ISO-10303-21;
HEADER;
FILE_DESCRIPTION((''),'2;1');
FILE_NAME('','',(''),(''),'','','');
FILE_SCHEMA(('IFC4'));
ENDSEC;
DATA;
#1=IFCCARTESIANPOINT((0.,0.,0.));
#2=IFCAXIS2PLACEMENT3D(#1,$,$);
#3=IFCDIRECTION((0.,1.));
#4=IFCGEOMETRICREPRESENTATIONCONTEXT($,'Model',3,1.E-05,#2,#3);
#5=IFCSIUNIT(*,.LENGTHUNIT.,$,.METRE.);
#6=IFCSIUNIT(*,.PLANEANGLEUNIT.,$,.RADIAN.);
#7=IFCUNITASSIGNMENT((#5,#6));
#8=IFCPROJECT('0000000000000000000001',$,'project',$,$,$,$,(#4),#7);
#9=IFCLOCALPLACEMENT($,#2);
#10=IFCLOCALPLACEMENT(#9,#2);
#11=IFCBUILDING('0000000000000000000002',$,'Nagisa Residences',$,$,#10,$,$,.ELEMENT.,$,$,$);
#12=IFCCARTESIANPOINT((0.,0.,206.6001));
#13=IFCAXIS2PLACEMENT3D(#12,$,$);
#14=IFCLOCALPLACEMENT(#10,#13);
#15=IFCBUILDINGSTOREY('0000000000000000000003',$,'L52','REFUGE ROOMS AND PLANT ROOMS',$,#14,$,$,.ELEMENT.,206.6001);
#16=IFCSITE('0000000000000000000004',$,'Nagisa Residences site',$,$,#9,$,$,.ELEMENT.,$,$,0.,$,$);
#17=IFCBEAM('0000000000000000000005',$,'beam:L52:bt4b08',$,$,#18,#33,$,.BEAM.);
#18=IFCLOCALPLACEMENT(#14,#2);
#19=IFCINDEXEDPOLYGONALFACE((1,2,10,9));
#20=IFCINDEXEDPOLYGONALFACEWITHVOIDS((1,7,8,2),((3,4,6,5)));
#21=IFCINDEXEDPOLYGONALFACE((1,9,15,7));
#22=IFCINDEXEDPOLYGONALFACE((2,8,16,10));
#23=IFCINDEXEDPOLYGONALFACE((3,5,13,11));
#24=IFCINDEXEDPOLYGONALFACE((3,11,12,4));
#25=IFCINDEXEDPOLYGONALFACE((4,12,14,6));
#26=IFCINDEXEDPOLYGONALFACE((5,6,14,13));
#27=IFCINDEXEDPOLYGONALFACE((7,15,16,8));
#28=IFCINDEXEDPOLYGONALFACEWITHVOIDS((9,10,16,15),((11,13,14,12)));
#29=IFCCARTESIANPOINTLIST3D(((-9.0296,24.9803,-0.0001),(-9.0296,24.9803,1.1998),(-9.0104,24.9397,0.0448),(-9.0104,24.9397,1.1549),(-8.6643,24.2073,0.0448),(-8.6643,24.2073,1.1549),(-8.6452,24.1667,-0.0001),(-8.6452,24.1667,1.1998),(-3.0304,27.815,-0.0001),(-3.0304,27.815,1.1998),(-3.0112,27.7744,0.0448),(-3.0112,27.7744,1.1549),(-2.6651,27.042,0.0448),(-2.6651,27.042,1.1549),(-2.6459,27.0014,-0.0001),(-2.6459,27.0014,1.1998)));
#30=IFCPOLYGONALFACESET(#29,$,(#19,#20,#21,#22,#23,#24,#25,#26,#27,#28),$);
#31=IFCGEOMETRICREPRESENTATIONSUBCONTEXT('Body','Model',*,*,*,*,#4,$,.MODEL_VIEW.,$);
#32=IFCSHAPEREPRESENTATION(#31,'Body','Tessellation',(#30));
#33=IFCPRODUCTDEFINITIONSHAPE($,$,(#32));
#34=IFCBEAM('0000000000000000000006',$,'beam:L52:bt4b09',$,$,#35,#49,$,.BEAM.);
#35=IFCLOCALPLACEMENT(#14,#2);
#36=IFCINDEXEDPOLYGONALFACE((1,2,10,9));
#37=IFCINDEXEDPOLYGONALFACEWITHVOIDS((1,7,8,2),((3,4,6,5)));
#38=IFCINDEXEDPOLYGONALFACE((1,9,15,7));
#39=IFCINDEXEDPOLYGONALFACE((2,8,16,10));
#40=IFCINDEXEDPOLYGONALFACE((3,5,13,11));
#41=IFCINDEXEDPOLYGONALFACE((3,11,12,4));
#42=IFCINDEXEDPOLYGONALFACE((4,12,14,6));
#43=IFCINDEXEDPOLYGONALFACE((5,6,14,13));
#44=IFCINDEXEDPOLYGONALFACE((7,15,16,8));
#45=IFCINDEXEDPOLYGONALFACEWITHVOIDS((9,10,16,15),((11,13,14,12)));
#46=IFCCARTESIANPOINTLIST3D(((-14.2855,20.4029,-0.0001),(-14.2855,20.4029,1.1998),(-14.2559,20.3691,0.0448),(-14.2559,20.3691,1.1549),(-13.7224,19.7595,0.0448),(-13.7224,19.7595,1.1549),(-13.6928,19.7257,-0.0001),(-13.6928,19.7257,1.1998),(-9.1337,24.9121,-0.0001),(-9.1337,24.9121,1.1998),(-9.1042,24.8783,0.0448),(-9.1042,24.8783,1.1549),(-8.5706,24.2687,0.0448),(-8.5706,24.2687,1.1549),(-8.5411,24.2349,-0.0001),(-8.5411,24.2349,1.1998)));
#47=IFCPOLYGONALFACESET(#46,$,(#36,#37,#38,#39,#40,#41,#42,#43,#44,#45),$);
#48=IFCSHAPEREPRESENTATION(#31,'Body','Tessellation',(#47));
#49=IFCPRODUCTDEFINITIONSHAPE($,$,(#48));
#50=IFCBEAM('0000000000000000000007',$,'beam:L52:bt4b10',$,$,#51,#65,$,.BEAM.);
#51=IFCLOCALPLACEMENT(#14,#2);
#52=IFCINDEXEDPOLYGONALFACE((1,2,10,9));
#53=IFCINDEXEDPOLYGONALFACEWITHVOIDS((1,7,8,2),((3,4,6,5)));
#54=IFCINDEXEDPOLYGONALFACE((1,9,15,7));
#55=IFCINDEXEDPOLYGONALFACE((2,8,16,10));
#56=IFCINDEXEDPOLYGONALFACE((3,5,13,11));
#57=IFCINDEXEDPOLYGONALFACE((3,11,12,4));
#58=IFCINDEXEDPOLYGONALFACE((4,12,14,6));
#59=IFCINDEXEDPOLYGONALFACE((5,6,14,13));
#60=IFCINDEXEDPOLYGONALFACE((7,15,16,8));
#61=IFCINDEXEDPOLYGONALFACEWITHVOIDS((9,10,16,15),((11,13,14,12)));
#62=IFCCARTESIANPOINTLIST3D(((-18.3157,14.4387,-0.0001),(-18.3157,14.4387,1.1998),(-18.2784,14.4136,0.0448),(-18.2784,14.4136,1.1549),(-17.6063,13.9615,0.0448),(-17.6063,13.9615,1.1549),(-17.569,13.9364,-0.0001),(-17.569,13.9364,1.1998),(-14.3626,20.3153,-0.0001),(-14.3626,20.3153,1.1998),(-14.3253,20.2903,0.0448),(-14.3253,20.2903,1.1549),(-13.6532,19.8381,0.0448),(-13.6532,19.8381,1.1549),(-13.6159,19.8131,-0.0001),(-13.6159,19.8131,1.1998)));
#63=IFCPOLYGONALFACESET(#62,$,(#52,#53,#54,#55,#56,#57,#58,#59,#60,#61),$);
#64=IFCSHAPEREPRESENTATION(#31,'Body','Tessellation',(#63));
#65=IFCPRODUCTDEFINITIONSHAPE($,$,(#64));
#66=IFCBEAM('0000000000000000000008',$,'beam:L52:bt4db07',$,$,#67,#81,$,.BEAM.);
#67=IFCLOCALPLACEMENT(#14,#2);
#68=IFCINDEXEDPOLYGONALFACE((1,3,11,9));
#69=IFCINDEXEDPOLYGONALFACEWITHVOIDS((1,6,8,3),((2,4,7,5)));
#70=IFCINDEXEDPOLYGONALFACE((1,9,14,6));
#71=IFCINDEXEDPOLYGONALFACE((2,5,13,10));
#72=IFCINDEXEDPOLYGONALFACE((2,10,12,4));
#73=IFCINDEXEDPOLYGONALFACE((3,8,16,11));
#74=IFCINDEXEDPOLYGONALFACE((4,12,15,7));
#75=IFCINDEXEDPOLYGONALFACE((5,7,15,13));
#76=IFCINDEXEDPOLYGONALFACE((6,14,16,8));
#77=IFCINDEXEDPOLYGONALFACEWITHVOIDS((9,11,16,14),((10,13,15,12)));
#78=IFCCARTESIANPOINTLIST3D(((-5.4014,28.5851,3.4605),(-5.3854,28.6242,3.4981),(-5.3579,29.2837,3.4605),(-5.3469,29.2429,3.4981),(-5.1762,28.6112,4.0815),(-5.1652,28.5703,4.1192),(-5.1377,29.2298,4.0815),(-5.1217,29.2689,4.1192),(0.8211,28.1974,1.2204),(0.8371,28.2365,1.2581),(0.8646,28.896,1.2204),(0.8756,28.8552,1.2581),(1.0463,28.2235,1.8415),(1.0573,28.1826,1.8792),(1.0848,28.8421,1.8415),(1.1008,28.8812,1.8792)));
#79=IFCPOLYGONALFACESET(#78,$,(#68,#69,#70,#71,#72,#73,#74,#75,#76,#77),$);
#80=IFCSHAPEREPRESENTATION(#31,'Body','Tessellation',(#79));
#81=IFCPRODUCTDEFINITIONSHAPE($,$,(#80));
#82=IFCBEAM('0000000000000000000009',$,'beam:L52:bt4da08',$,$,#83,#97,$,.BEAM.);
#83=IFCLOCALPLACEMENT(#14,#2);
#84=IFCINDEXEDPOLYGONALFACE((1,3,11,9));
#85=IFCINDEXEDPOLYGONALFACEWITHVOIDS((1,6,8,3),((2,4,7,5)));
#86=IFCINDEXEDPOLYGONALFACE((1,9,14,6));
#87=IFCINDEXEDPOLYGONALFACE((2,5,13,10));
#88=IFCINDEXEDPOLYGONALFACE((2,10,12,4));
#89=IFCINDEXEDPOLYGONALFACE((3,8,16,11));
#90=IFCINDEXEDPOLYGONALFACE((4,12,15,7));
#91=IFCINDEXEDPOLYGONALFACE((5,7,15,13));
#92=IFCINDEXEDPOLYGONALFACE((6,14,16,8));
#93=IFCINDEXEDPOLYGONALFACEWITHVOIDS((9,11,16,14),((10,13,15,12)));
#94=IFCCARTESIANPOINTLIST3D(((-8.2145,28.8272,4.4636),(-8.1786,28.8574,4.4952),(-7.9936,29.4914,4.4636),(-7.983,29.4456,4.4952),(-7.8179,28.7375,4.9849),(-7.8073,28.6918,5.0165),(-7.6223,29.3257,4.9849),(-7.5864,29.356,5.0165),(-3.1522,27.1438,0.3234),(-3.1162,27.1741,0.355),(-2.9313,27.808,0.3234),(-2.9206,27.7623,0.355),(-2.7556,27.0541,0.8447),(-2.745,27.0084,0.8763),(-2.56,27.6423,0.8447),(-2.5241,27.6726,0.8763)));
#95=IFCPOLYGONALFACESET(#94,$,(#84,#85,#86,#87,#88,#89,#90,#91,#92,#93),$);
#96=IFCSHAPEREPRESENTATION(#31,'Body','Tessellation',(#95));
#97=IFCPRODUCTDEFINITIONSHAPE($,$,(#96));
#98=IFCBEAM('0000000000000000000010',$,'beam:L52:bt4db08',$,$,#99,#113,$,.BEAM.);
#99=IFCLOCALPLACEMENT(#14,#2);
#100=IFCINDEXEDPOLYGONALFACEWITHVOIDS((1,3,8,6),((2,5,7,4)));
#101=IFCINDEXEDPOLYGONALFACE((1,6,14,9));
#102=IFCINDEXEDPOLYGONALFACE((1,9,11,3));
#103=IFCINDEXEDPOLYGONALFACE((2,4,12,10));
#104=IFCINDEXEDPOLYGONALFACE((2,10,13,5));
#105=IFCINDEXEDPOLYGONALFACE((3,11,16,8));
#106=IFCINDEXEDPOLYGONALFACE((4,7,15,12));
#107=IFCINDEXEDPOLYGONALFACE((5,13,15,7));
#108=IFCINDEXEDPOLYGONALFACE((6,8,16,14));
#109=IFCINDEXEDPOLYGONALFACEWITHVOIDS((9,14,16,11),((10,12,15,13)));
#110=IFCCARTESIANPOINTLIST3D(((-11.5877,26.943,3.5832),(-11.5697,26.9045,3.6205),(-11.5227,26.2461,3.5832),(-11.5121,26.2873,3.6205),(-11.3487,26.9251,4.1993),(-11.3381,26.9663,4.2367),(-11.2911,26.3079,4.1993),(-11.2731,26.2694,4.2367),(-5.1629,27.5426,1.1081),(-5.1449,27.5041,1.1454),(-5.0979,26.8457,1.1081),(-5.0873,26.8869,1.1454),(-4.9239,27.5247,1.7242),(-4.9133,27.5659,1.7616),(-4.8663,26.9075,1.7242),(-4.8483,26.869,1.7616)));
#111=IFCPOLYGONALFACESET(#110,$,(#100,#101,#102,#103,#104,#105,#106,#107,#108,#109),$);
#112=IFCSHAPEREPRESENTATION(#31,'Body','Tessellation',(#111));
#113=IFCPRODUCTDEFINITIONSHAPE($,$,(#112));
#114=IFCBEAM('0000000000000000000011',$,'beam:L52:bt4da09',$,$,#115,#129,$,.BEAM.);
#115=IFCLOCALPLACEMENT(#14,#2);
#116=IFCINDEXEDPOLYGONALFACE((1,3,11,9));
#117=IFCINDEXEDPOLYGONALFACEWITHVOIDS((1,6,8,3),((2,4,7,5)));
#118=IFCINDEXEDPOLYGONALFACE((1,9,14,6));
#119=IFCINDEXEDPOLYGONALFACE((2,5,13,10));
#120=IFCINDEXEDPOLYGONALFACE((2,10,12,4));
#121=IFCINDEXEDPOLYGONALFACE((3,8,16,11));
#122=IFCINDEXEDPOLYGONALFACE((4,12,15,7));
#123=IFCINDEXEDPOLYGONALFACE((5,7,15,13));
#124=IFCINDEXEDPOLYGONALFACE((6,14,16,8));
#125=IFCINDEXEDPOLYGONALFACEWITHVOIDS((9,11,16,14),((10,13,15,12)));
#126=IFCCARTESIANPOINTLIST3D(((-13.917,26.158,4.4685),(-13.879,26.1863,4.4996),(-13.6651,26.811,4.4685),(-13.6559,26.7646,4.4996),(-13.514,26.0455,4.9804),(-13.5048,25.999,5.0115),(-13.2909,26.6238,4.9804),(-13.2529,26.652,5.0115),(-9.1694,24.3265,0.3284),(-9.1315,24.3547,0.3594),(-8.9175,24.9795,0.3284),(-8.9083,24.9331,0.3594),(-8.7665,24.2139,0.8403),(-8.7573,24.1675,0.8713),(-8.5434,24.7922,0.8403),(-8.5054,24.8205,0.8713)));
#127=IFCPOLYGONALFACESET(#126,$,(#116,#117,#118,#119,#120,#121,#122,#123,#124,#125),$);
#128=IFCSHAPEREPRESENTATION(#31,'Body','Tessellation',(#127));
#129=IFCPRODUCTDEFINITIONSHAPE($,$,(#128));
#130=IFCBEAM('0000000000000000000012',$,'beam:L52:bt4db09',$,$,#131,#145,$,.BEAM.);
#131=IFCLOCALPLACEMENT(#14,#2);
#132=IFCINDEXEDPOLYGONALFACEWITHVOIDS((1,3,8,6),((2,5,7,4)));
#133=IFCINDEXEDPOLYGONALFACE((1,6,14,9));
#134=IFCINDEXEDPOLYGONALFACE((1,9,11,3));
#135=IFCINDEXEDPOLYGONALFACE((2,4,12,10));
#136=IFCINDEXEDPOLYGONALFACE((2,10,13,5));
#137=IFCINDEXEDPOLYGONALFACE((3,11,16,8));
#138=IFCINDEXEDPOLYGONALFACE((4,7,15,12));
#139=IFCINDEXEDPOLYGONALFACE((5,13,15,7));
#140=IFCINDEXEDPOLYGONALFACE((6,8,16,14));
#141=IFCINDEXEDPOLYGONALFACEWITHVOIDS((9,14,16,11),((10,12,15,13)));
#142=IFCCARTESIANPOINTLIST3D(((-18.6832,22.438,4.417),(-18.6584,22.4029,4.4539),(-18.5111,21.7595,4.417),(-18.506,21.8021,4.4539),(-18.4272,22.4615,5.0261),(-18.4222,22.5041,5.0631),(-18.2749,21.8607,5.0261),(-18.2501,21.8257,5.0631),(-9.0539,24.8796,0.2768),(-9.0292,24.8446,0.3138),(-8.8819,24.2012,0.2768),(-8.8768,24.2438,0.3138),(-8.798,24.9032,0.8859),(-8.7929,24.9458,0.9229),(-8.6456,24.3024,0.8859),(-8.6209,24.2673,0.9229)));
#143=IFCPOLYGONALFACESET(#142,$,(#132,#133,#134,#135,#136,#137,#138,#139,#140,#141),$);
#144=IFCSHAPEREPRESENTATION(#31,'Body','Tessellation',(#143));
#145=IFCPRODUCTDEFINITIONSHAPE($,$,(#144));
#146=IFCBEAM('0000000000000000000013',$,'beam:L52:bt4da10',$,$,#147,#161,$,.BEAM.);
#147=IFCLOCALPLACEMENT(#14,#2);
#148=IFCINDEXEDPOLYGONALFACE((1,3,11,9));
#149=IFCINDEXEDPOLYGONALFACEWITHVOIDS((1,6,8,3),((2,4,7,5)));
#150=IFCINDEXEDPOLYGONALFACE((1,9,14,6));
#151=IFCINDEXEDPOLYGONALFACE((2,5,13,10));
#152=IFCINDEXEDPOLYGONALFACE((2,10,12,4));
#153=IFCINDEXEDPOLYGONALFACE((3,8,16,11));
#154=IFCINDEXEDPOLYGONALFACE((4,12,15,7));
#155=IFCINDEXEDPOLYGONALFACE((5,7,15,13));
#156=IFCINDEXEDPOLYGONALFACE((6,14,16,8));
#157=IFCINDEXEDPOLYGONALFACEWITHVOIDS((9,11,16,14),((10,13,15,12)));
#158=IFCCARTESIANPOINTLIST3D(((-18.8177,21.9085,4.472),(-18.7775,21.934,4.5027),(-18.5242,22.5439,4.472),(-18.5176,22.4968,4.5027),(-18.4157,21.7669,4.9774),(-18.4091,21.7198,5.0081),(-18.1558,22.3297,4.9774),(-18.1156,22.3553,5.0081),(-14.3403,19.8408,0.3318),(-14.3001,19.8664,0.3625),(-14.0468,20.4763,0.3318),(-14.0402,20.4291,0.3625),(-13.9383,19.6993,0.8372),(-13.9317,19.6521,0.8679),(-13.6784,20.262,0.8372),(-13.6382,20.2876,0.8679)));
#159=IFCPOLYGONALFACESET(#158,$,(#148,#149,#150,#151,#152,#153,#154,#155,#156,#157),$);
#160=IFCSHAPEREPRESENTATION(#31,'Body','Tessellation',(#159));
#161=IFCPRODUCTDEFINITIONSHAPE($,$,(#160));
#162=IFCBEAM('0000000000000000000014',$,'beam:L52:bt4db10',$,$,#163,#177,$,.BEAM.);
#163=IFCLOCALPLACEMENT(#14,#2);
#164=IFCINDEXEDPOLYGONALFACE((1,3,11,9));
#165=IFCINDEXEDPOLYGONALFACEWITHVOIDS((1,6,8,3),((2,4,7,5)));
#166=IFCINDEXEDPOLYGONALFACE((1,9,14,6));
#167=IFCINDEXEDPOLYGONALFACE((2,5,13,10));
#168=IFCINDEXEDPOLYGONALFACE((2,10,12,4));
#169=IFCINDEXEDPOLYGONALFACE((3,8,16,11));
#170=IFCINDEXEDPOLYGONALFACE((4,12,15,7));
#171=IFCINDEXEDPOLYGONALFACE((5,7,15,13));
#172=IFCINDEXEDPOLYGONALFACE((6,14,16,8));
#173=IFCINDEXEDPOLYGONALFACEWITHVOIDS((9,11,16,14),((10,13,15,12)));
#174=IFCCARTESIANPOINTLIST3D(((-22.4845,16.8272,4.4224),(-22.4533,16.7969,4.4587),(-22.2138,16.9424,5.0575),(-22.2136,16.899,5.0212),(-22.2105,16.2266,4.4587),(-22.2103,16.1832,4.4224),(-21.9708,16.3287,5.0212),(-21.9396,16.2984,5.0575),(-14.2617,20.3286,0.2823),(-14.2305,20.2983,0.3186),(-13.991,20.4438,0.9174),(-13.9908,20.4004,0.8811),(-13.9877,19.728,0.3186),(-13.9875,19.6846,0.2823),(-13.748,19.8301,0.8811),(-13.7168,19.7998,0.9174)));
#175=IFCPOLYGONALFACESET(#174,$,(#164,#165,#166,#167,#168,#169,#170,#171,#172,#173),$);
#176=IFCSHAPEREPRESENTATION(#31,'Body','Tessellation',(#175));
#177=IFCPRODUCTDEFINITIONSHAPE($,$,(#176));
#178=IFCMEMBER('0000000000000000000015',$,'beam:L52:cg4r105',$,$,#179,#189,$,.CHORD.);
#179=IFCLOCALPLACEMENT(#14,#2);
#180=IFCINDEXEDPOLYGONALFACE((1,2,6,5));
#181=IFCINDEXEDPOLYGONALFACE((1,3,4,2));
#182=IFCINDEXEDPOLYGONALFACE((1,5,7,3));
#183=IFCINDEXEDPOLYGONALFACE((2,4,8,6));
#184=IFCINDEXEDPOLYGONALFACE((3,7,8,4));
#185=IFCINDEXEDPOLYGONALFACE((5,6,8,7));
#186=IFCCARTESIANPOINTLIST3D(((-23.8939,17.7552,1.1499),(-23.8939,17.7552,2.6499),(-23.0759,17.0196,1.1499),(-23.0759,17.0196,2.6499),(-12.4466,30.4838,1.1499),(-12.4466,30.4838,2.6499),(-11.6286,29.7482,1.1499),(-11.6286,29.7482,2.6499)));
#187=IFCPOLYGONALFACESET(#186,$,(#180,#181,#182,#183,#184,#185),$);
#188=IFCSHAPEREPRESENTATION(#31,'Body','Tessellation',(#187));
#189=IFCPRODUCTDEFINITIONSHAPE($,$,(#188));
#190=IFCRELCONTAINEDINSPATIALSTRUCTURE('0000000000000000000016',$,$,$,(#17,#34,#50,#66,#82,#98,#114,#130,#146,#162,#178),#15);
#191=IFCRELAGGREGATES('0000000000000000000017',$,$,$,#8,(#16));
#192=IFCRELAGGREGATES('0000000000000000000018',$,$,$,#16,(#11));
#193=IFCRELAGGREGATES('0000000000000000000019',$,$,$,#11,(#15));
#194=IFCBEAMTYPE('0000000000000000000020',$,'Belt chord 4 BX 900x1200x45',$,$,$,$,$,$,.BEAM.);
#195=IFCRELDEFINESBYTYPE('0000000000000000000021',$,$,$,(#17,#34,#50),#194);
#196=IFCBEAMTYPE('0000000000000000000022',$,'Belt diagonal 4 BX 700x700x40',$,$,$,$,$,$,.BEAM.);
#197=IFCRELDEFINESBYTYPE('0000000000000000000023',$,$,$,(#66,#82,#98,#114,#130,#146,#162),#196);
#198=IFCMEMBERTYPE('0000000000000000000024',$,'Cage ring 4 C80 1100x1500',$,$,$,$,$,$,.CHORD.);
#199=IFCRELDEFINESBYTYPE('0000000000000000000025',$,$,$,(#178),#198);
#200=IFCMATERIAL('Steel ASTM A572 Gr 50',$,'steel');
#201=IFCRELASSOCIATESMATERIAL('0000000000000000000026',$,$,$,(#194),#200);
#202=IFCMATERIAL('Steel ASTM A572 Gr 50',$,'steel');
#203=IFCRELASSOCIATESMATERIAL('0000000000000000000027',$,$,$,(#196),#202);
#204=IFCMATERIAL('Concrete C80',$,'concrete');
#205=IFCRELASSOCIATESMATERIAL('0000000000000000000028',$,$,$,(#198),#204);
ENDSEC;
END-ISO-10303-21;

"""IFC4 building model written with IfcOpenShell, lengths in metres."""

from ifc_helpers import new_model, si_unit, direction, frame, origin, origin_2d, place, context, subcontext, project, spatial, rectangle, hollow_rectangle, extrude, material, material_profile, profile_set, type_object, element, save


model = new_model("IFC4")

# Units and contexts
model_context = context("Model", 3, precision=1e-05, world=origin(), true_north=direction((0.0, 1.0)))
body_context = subcontext(model_context, "Body", "Model", "MODEL_VIEW")
ifc_project = project(units=[si_unit("LENGTHUNIT", "METRE"), si_unit("PLANEANGLEUNIT", "RADIAN")], contexts=[model_context])

# Site, building, storey
site_placement = place(None, origin())
site = spatial("IfcSite", under=ifc_project, at=site_placement, Name="Nagisa Residences site", CompositionType="ELEMENT", RefElevation=0.0)
building_placement = place(site_placement, origin())
building = spatial("IfcBuilding", under=site, at=building_placement, Name="Nagisa Residences", CompositionType="ELEMENT")
storey_placement = place(building_placement, frame((0.0, 0.0, 206.6001)))
storey = spatial("IfcBuildingStorey", under=building, at=storey_placement, Name="L52", Description="REFUGE ROOMS AND PLANT ROOMS", CompositionType="ELEMENT", Elevation=206.6001)

# Beams
ifc_material_1 = material(Name="Steel ASTM A572 Gr 50", Category="steel")
ifc_material_profile_1 = material_profile(ifc_material_1, hollow_rectangle(XDim=0.8999, YDim=1.2, WallThickness=0.0449, at=origin_2d()), Name="BX 900x1200x45")
ifc_profile_set_1 = profile_set([ifc_material_profile_1], Name="Steel ASTM A572 Gr 50")
beam_type_1 = type_object("IfcBeamType", Name="Belt chord 4 BX 900x1200x45", PredefinedType="BEAM", material=ifc_profile_set_1)
beam_1_placement = place(storey_placement, frame((-2.8381, 27.4082, 0.5999), z_axis=(-0.904148, -0.427219, 0.0), x_axis=(0.427219, -0.904148, 0.0)))
element("IfcBeam", 1, at=beam_1_placement, inside=storey, type_object=beam_type_1, Name="beam:L52:bt4b08", PredefinedType="BEAM", context=body_context, shape_type="SweptSolid", body=[
    extrude(hollow_rectangle(XDim=0.8999, YDim=1.2, WallThickness=0.0449, at=origin_2d()), origin(), (0.0, 0.0, 1.0), 6.6353),
])
beam_2_placement = place(storey_placement, frame((-8.8374, 24.5735, 0.5999), z_axis=(-0.752475, -0.658621, 0.0), x_axis=(0.658621, -0.752475, 0.0)))
element("IfcBeam", 2, at=beam_2_placement, inside=storey, type_object=beam_type_1, Name="beam:L52:bt4b09", PredefinedType="BEAM", context=body_context, shape_type="SweptSolid", body=[
    extrude(hollow_rectangle(XDim=0.8999, YDim=1.2, WallThickness=0.0449, at=origin_2d()), origin(), (0.0, 0.0, 1.0), 6.8464),
])
beam_3_placement = place(storey_placement, frame((-13.9893, 20.0642, 0.5999), z_axis=(-0.558148, -0.829742, 0.0), x_axis=(0.829742, -0.558148, 0.0)))
element("IfcBeam", 3, at=beam_3_placement, inside=storey, type_object=beam_type_1, Name="beam:L52:bt4b10", PredefinedType="BEAM", context=body_context, shape_type="SweptSolid", body=[
    extrude(hollow_rectangle(XDim=0.8999, YDim=1.2, WallThickness=0.0449, at=origin_2d()), origin(), (0.0, 0.0, 1.0), 7.0825),
])
ifc_material_2 = material(Name="Steel ASTM A572 Gr 50", Category="steel")
ifc_material_profile_2 = material_profile(ifc_material_2, hollow_rectangle(XDim=0.7, YDim=0.7, WallThickness=0.04, at=origin_2d()), Name="BX 700x700x40")
ifc_profile_set_2 = profile_set([ifc_material_profile_2], Name="Steel ASTM A572 Gr 50")
beam_type_2 = type_object("IfcBeamType", Name="Belt diagonal 4 BX 700x700x40", PredefinedType="BEAM", material=ifc_profile_set_2)
beam_4_placement = place(storey_placement, frame((0.9609, 28.5393, 1.5498), z_axis=(-0.939279, 0.058523, 0.338128), x_axis=(-0.062186, -0.998065, 0.0)))
element("IfcBeam", 4, at=beam_4_placement, inside=storey, type_object=beam_type_2, Name="beam:L52:bt4db07", PredefinedType="BEAM", context=body_context, shape_type="SweptSolid", body=[
    extrude(hollow_rectangle(XDim=0.7, YDim=0.7, WallThickness=0.04, at=origin_2d()), origin(), (0.0, 0.0, 1.0), 6.6248),
])
beam_5_placement = place(storey_placement, frame((-2.8381, 27.4082, 0.5999), z_axis=(-0.749649, 0.24928, 0.613096), x_axis=(-0.315541, -0.948912, 0.0)))
element("IfcBeam", 5, at=beam_5_placement, inside=storey, type_object=beam_type_2, Name="beam:L52:bt4da08", PredefinedType="BEAM", context=body_context, shape_type="SweptSolid", body=[
    extrude(hollow_rectangle(XDim=0.7, YDim=0.7, WallThickness=0.04, at=origin_2d()), origin(), (0.0, 0.0, 1.0), 6.7529),
])
beam_6_placement = place(storey_placement, frame((-5.0056, 27.2058, 1.4348), z_axis=(-0.929631, -0.08676, 0.358132), x_axis=(0.092923, -0.995673, 0.0)))
element("IfcBeam", 6, at=beam_6_placement, inside=storey, type_object=beam_type_2, Name="beam:L52:bt4db08", PredefinedType="BEAM", context=body_context, shape_type="SweptSolid", body=[
    extrude(hollow_rectangle(XDim=0.7, YDim=0.7, WallThickness=0.04, at=origin_2d()), origin(), (0.0, 0.0, 1.0), 6.9111),
])
beam_7_placement = place(storey_placement, frame((-8.8374, 24.5735, 0.5999), z_axis=(-0.723705, 0.279195, 0.631111), x_axis=(-0.359931, -0.932979, 0.0)))
element("IfcBeam", 7, at=beam_7_placement, inside=storey, type_object=beam_type_2, Name="beam:L52:bt4da09", PredefinedType="BEAM", context=body_context, shape_type="SweptSolid", body=[
    extrude(hollow_rectangle(XDim=0.7, YDim=0.7, WallThickness=0.04, at=origin_2d()), origin(), (0.0, 0.0, 1.0), 6.5601),
])
beam_8_placement = place(storey_placement, frame((-8.8374, 24.5735, 0.5999), z_axis=(-0.894727, -0.226875, 0.384696), x_axis=(0.24579, -0.969323, 0.0)))
element("IfcBeam", 8, at=beam_8_placement, inside=storey, type_object=beam_type_2, Name="beam:L52:bt4db09", PredefinedType="BEAM", context=body_context, shape_type="SweptSolid", body=[
    extrude(hollow_rectangle(XDim=0.7, YDim=0.7, WallThickness=0.04, at=origin_2d()), origin(), (0.0, 0.0, 1.0), 10.7622),
])
beam_9_placement = place(storey_placement, frame((-13.9893, 20.0642, 0.5999), z_axis=(-0.69533, 0.321105, 0.642968), x_axis=(-0.419256, -0.907868, 0.0)))
element("IfcBeam", 9, at=beam_9_placement, inside=storey, type_object=beam_type_2, Name="beam:L52:bt4da10", PredefinedType="BEAM", context=body_context, shape_type="SweptSolid", body=[
    extrude(hollow_rectangle(XDim=0.7, YDim=0.7, WallThickness=0.04, at=origin_2d()), origin(), (0.0, 0.0, 1.0), 6.4392),
])
beam_10_placement = place(storey_placement, frame((-13.9893, 20.0642, 0.5999), z_axis=(-0.834836, -0.355489, 0.42033), x_axis=(0.391779, -0.92006, 0.0)))
element("IfcBeam", 10, at=beam_10_placement, inside=storey, type_object=beam_type_2, Name="beam:L52:bt4db10", PredefinedType="BEAM", context=body_context, shape_type="SweptSolid", body=[
    extrude(hollow_rectangle(XDim=0.7, YDim=0.7, WallThickness=0.04, at=origin_2d()), origin(), (0.0, 0.0, 1.0), 9.8496),
])

# Member
ifc_material_3 = material(Name="Concrete C80", Category="concrete")
ifc_material_profile_3 = material_profile(ifc_material_3, rectangle(XDim=1.1001, YDim=1.5, at=origin_2d()), Name="C80 1100x1500")
ifc_profile_set_3 = profile_set([ifc_material_profile_3], Name="Concrete C80")
member_type_1 = type_object("IfcMemberType", Name="Cage ring 4 C80 1100x1500", PredefinedType="CHORD", material=ifc_profile_set_3)
member_1_placement = place(storey_placement, frame((-12.0376, 30.116, 1.8999), z_axis=(-0.668694, -0.743538, 0.0), x_axis=(0.743538, -0.668694, 0.0)))
element("IfcMember", 11, at=member_1_placement, inside=storey, type_object=member_type_1, Name="beam:L52:cg4r105", PredefinedType="CHORD", context=body_context, shape_type="SweptSolid", body=[
    extrude(rectangle(XDim=1.1001, YDim=1.5, at=origin_2d()), origin(), (0.0, 0.0, 1.0), 17.1189),
])

save(model, "model.ifc")
